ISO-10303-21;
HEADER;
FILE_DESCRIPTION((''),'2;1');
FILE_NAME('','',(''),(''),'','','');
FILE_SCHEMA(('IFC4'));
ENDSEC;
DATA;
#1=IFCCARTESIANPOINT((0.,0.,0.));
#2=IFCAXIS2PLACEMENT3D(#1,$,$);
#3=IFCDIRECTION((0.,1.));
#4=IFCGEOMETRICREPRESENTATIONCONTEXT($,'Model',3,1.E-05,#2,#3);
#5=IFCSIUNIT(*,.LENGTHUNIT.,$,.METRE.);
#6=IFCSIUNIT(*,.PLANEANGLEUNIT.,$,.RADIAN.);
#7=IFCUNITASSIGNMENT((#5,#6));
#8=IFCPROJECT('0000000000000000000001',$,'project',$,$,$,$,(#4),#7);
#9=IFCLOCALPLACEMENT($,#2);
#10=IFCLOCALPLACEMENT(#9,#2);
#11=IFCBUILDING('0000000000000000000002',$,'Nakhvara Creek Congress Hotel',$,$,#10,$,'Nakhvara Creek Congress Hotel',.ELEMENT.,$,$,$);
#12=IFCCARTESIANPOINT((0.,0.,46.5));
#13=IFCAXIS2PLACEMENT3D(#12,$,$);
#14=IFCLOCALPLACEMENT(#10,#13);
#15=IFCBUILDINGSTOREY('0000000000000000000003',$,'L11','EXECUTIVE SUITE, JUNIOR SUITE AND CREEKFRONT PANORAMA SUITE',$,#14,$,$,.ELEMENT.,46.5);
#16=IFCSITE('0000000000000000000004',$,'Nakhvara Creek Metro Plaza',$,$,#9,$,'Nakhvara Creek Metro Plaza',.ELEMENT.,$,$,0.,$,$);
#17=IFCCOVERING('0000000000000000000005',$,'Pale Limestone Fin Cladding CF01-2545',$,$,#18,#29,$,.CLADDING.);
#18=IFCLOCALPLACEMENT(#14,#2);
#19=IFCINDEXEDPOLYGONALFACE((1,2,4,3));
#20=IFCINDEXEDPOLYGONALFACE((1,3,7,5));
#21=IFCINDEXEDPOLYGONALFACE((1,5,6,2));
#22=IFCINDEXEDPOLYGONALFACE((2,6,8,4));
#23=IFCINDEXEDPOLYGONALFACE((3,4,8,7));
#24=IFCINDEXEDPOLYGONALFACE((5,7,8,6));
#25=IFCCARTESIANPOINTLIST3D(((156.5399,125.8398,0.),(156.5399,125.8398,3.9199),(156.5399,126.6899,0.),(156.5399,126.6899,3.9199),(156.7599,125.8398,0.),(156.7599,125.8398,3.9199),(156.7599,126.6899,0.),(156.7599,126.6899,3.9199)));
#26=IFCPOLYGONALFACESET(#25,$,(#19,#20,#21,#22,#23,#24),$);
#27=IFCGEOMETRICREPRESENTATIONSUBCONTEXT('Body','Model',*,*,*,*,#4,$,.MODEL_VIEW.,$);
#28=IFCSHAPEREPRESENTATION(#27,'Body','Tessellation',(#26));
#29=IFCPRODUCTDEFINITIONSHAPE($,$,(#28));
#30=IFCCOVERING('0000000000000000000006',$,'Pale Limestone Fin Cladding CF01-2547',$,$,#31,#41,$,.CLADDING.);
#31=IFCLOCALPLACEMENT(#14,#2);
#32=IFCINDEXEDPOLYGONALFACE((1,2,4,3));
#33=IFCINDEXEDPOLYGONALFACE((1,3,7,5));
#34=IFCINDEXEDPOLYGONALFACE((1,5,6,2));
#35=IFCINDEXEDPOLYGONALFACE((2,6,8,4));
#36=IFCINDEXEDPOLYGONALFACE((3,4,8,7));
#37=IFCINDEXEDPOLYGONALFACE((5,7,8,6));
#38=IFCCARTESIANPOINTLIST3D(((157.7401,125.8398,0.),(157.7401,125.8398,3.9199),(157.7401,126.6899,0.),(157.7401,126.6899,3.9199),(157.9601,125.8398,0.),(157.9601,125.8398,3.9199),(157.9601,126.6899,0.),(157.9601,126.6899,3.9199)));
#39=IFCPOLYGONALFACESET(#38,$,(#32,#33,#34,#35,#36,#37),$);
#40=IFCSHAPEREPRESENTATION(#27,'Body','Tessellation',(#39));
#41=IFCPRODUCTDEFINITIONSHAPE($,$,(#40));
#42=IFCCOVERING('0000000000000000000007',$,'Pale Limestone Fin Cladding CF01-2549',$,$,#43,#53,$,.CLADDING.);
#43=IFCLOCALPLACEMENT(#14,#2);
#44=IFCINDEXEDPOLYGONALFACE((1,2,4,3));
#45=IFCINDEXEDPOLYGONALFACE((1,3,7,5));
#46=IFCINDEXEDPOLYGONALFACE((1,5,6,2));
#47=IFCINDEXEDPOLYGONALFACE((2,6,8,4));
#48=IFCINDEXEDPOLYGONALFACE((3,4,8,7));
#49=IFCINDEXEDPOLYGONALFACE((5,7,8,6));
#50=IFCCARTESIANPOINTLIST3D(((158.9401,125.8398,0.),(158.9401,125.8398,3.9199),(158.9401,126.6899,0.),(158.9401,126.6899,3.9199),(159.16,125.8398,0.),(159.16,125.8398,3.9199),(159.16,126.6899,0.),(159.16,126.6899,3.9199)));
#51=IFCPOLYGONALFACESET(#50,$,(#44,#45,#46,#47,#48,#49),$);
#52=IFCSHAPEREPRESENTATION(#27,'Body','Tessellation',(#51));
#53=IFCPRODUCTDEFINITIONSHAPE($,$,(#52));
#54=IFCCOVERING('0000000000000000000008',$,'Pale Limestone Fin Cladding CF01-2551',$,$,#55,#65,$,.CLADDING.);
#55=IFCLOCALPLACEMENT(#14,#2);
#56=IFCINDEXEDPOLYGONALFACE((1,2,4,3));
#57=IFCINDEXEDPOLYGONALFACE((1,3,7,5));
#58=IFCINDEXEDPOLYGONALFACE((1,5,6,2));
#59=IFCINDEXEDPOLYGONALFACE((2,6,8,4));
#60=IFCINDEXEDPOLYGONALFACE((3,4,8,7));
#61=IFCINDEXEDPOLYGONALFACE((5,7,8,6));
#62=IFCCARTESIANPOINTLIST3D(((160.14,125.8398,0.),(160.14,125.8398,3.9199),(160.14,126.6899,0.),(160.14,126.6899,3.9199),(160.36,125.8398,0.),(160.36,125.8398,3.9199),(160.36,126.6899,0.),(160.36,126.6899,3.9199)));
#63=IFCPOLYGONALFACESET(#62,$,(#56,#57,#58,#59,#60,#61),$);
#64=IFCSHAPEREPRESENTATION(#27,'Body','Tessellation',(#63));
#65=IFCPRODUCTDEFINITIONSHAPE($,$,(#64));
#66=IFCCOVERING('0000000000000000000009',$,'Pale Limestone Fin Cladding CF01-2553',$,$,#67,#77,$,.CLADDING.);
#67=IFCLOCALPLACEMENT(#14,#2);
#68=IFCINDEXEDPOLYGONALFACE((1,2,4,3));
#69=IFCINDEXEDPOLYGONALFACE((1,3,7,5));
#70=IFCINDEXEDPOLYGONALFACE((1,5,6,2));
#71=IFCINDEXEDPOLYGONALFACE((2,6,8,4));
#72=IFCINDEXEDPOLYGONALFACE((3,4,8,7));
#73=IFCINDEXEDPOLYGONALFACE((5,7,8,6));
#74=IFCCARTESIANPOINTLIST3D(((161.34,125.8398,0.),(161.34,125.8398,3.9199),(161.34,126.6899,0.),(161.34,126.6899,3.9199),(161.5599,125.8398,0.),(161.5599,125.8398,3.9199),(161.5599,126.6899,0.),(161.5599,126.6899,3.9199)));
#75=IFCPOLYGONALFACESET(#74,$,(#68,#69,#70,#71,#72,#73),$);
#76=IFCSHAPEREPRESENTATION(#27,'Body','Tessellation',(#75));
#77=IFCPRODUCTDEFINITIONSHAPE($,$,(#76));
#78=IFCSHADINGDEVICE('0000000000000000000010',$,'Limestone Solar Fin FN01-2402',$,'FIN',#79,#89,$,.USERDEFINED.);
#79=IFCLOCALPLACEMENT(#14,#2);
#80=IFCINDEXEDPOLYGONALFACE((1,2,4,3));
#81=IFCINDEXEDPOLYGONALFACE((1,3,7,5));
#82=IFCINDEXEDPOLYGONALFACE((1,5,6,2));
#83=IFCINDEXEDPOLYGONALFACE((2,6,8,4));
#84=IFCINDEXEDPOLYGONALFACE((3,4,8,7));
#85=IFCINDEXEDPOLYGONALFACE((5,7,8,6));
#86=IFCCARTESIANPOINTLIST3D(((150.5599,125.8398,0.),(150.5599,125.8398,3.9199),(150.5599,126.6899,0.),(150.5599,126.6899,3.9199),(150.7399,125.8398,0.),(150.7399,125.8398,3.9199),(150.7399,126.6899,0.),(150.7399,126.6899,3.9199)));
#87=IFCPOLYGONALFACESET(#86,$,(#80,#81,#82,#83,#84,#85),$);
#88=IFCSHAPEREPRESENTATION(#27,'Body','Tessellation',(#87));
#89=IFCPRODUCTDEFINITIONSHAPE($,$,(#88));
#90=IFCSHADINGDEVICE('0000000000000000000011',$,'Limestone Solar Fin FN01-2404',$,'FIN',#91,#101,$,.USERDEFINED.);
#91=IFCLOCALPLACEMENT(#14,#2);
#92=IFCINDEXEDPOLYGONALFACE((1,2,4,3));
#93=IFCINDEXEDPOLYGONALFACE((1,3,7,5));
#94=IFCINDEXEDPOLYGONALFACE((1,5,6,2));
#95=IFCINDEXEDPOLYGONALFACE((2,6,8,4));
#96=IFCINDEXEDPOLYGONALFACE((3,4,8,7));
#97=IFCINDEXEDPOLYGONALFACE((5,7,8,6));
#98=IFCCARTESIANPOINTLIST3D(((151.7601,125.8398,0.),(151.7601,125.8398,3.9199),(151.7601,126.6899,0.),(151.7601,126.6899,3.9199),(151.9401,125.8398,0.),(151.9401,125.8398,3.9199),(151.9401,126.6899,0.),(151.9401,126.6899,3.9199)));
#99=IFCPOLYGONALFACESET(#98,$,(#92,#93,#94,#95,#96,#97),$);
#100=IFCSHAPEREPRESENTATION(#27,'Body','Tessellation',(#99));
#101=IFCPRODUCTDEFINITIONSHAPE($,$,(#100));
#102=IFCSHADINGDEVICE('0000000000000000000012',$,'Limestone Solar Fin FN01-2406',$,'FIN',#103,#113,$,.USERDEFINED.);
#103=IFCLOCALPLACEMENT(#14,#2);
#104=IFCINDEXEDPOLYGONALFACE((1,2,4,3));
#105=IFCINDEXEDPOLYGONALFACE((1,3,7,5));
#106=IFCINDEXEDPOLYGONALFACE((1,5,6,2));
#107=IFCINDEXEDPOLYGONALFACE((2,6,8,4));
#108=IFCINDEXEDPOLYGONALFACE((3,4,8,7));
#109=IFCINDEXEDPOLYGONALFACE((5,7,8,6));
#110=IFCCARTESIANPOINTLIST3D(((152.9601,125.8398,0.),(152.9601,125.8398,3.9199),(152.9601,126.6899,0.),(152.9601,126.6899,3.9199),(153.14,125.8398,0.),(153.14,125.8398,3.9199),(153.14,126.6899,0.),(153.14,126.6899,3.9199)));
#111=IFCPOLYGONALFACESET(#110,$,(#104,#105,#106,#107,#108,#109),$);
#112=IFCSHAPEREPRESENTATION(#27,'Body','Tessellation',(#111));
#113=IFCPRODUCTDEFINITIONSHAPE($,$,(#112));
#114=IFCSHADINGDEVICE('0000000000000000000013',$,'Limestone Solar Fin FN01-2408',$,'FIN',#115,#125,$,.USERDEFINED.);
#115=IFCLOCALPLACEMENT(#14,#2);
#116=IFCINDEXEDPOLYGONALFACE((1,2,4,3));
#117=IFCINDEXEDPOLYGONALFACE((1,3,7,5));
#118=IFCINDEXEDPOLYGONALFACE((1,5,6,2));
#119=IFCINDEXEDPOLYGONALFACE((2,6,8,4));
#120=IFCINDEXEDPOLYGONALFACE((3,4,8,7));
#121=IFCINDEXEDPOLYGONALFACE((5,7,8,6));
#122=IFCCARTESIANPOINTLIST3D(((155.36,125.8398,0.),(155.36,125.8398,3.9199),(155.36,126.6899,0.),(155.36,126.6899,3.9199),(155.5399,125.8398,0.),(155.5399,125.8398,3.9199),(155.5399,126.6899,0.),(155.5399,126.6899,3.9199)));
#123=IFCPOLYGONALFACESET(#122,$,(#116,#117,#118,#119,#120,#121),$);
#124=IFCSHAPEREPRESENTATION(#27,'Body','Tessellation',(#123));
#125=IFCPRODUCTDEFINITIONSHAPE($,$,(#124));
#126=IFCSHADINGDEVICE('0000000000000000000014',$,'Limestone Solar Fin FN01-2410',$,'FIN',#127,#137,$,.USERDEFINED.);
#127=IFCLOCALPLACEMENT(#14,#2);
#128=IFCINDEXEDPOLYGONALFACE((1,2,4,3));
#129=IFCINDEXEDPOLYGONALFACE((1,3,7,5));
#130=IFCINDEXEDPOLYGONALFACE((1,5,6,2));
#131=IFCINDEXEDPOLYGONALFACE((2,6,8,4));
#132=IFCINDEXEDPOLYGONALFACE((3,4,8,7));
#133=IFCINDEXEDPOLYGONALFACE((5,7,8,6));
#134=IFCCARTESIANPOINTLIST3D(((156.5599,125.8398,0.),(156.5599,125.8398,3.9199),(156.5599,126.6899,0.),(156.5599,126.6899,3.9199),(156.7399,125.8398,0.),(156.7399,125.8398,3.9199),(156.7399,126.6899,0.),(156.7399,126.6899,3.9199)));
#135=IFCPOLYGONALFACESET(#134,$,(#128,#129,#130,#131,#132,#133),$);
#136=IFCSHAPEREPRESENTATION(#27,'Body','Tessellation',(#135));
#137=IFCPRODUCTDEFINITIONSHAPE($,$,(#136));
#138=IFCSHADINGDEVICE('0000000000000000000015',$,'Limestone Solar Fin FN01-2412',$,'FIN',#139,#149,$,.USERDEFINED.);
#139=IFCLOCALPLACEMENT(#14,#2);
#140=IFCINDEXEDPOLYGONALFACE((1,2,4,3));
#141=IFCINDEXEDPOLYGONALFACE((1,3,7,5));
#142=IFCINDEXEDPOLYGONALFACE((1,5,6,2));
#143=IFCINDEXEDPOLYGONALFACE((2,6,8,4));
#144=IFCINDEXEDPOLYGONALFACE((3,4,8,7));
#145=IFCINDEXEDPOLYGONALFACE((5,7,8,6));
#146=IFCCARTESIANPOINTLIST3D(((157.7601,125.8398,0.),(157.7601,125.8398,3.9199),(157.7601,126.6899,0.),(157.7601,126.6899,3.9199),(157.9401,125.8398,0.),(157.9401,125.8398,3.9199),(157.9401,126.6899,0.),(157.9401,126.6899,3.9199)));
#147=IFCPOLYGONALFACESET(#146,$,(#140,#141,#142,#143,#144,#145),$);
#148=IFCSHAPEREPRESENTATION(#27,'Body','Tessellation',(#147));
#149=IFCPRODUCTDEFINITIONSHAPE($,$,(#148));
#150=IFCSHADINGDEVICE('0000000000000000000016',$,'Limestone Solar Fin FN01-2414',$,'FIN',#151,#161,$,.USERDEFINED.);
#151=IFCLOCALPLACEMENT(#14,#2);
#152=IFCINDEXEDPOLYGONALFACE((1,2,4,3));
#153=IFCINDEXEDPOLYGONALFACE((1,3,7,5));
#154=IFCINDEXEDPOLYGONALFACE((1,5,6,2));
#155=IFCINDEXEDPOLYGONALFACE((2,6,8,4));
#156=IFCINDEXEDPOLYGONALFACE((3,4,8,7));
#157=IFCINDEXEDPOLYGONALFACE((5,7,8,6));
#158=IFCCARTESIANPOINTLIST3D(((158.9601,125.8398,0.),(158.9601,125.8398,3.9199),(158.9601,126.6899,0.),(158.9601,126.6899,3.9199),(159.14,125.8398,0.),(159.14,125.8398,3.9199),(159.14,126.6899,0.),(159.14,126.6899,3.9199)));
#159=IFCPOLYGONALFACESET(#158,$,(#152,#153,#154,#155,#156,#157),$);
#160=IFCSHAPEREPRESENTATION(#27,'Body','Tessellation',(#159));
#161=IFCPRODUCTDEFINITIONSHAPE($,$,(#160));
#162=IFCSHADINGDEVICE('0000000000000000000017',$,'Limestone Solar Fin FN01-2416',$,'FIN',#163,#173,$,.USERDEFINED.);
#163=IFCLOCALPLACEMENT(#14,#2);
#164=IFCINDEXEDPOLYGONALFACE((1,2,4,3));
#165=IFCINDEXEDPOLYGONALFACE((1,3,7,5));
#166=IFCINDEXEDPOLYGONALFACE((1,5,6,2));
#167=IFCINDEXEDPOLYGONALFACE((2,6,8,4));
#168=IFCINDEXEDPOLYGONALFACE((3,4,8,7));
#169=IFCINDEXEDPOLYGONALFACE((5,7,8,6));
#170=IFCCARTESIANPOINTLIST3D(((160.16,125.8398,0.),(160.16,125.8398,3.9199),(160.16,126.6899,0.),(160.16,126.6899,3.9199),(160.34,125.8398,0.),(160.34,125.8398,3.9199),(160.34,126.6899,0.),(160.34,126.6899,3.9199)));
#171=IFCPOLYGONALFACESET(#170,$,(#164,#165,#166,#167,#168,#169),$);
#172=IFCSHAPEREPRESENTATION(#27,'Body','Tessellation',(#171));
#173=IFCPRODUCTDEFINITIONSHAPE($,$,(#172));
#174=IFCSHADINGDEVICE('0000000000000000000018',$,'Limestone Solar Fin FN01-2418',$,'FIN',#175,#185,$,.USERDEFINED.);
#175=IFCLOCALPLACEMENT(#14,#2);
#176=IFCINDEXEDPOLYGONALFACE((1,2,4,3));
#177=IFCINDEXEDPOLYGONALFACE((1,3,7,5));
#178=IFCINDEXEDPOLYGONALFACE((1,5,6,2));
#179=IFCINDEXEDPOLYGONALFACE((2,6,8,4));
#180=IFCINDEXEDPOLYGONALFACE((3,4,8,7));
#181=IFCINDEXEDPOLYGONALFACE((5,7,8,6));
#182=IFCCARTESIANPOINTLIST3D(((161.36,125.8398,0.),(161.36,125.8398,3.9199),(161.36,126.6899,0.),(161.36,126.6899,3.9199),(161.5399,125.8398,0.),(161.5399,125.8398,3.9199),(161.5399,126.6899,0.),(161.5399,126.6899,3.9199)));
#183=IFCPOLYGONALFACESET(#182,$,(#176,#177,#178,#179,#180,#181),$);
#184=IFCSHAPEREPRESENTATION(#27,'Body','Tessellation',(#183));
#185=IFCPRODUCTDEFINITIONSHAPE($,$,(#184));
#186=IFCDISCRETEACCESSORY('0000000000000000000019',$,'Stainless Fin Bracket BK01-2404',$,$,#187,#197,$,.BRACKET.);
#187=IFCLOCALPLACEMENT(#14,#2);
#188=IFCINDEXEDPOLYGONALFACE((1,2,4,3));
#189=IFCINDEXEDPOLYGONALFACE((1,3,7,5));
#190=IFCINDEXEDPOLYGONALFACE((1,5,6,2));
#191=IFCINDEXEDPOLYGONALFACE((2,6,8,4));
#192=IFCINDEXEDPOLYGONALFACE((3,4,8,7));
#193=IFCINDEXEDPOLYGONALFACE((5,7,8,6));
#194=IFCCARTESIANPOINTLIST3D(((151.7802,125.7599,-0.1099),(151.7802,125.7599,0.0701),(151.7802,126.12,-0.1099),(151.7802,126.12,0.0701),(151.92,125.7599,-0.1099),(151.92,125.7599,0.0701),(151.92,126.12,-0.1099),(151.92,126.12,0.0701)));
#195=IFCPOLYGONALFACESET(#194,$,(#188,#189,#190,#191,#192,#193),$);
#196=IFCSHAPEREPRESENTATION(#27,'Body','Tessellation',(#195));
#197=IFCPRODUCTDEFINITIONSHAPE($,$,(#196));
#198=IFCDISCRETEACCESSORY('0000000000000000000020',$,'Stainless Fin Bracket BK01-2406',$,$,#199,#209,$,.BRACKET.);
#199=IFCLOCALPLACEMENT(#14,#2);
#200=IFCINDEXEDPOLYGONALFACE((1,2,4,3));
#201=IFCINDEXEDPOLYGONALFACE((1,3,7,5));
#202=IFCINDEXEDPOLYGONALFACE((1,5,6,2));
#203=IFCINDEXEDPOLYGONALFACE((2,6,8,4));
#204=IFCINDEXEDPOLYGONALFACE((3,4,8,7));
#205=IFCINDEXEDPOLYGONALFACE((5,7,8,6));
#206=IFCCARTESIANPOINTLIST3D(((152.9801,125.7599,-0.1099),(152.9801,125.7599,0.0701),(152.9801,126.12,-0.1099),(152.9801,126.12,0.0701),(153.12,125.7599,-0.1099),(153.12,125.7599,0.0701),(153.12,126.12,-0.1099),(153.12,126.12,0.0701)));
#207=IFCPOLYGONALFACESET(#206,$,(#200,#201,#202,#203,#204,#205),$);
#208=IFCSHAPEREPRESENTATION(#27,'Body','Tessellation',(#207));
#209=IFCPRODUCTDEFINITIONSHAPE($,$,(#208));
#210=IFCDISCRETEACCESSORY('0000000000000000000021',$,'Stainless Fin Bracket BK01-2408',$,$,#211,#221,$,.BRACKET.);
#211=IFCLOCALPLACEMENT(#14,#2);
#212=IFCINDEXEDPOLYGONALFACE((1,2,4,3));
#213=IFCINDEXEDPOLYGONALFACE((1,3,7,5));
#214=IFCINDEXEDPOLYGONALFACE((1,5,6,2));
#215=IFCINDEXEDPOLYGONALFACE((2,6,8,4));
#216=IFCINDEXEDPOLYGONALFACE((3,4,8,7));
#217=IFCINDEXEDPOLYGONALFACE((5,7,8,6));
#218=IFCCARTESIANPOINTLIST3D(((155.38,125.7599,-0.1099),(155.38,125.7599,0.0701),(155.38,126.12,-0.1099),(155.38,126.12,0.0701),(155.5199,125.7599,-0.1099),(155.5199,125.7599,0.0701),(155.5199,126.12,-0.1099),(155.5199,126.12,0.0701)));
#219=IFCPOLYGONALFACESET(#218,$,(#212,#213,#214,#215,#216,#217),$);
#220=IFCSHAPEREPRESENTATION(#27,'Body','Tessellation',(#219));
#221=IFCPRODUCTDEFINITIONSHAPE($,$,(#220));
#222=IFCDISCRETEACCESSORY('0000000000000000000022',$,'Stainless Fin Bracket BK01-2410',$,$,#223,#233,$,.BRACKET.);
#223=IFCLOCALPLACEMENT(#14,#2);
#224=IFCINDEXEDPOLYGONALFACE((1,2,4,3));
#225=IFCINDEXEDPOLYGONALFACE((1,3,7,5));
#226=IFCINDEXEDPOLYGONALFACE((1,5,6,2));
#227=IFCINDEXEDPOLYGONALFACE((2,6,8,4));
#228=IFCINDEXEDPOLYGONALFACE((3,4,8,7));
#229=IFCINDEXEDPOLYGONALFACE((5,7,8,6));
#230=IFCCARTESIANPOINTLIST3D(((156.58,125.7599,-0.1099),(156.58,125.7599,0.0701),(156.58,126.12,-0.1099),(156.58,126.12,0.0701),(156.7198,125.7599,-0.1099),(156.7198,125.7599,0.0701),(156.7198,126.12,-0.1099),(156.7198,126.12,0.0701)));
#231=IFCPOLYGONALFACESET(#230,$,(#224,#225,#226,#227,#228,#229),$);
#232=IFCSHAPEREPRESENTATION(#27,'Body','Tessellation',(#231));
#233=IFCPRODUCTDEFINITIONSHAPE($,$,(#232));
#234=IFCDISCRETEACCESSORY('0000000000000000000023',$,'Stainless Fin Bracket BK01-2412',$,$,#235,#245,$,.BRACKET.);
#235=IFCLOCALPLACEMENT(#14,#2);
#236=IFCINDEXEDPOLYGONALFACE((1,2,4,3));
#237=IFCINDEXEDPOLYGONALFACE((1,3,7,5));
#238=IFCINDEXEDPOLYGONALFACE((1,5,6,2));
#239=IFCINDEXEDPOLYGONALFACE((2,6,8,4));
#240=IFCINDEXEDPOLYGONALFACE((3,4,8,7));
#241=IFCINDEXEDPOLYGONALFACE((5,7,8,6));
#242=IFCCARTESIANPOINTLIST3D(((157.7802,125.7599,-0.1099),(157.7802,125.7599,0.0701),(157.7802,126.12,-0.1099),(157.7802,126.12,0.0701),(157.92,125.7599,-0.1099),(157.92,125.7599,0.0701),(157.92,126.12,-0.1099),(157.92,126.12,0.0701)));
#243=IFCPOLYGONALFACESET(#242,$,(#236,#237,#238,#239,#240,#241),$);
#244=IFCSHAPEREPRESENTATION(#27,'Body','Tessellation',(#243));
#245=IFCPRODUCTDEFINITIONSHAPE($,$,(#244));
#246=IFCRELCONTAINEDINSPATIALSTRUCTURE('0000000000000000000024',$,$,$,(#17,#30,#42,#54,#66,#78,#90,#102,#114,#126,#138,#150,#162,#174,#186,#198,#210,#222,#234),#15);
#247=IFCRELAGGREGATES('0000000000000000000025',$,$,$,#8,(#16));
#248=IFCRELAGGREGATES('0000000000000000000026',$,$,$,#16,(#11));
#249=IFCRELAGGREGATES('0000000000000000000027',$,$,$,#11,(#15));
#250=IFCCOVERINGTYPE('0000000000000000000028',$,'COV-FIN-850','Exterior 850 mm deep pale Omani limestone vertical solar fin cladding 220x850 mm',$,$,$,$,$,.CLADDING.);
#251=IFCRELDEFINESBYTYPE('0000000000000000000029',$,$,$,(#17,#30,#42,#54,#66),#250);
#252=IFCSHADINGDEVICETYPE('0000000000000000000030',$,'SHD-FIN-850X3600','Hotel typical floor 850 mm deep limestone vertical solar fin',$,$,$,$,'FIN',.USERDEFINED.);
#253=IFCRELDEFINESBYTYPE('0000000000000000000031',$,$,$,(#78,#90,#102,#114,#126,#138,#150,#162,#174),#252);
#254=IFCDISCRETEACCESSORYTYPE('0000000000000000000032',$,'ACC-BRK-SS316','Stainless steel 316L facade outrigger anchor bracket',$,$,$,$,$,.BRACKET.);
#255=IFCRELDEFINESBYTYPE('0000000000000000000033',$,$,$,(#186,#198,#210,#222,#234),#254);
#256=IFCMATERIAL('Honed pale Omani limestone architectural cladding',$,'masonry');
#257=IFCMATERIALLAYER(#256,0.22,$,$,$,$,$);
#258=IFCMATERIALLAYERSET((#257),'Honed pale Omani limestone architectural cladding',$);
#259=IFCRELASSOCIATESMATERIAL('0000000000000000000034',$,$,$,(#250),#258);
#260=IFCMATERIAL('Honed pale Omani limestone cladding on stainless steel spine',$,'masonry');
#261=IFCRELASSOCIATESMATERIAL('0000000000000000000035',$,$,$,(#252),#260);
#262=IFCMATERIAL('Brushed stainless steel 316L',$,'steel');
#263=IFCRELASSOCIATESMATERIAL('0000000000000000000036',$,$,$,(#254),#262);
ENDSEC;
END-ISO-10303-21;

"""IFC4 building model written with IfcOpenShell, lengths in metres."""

from ifc_helpers import new_model, si_unit, direction, frame, origin, origin_2d, place, context, subcontext, project, spatial, rectangle, extrude, material, layer, layer_set, type_object, element, save


model = new_model("IFC4")

# Units and contexts
model_context = context("Model", 3, precision=1e-05, world=origin(), true_north=direction((0.0, 1.0)))
body_context = subcontext(model_context, "Body", "Model", "MODEL_VIEW")
ifc_project = project(units=[si_unit("LENGTHUNIT", "METRE"), si_unit("PLANEANGLEUNIT", "RADIAN")], contexts=[model_context])

# Site, building, storey
site_placement = place(None, origin())
site = spatial("IfcSite", under=ifc_project, at=site_placement, Name="Nakhvara Creek Metro Plaza", LongName="Nakhvara Creek Metro Plaza", CompositionType="ELEMENT", RefElevation=0.0)
building_placement = place(site_placement, origin())
building = spatial("IfcBuilding", under=site, at=building_placement, Name="Nakhvara Creek Congress Hotel", LongName="Nakhvara Creek Congress Hotel", CompositionType="ELEMENT")
storey_placement = place(building_placement, frame((0.0, 0.0, 46.5)))
storey = spatial("IfcBuildingStorey", under=building, at=storey_placement, Name="L11", Description="EXECUTIVE SUITE, JUNIOR SUITE AND CREEKFRONT PANORAMA SUITE", CompositionType="ELEMENT", Elevation=46.5)

# Coverings
ifc_material_1 = material(Name="Honed pale Omani limestone architectural cladding", Category="masonry")
ifc_layer_1 = layer(ifc_material_1, 0.22)
ifc_layer_set_1 = layer_set([ifc_layer_1], Name="Honed pale Omani limestone architectural cladding")
covering_type = type_object("IfcCoveringType", Name="COV-FIN-850", Description="Exterior 850 mm deep pale Omani limestone vertical solar fin cladding 220x850 mm", PredefinedType="CLADDING", material=ifc_layer_set_1)
for number, where, z_axis, x_axis, name in (
    (1, (156.6499, 126.2649, 0.0), (0.0, 0.0, 1.0), (1.0, 0.0, 0.0), "Pale Limestone Fin Cladding CF01-2545"),
    (2, (157.8501, 126.2649, 0.0), (0.0, 0.0, 1.0), (1.0, 0.0, 0.0), "Pale Limestone Fin Cladding CF01-2547"),
    (3, (159.05, 126.2649, 0.0), (0.0, 0.0, 1.0), (1.0, 0.0, 0.0), "Pale Limestone Fin Cladding CF01-2549"),
    (4, (160.25, 126.2649, 0.0), (0.0, 0.0, 1.0), (1.0, 0.0, 0.0), "Pale Limestone Fin Cladding CF01-2551"),
    (5, (161.45, 126.2649, 0.0), (0.0, 0.0, 1.0), (1.0, 0.0, 0.0), "Pale Limestone Fin Cladding CF01-2553"),
):
    element("IfcCovering", number, at=place(storey_placement, frame(where, z_axis=z_axis, x_axis=x_axis)), inside=storey, type_object=covering_type, Name=name, PredefinedType="CLADDING", context=body_context, shape_type="SweptSolid", body=[
        extrude(rectangle(XDim=0.22, YDim=0.8501, at=origin_2d()), origin(), (0.0, 0.0, 1.0), 3.9199),
    ])

# Shading devices
ifc_material_2 = material(Name="Honed pale Omani limestone cladding on stainless steel spine", Category="masonry")
shading_device_type = type_object("IfcShadingDeviceType", Name="SHD-FIN-850X3600", Description="Hotel typical floor 850 mm deep limestone vertical solar fin", ElementType="FIN", PredefinedType="USERDEFINED", material=ifc_material_2)
for number, where, z_axis, x_axis, name in (
    (6, (150.6499, 126.2649, 0.0), (0.0, 0.0, 1.0), (1.0, 0.0, 0.0), "Limestone Solar Fin FN01-2402"),
    (7, (151.8501, 126.2649, 0.0), (0.0, 0.0, 1.0), (1.0, 0.0, 0.0), "Limestone Solar Fin FN01-2404"),
    (8, (153.05, 126.2649, 0.0), (0.0, 0.0, 1.0), (1.0, 0.0, 0.0), "Limestone Solar Fin FN01-2406"),
    (9, (155.45, 126.2649, 0.0), (0.0, 0.0, 1.0), (1.0, 0.0, 0.0), "Limestone Solar Fin FN01-2408"),
    (10, (156.6499, 126.2649, 0.0), (0.0, 0.0, 1.0), (1.0, 0.0, 0.0), "Limestone Solar Fin FN01-2410"),
    (11, (157.8501, 126.2649, 0.0), (0.0, 0.0, 1.0), (1.0, 0.0, 0.0), "Limestone Solar Fin FN01-2412"),
    (12, (159.05, 126.2649, 0.0), (0.0, 0.0, 1.0), (1.0, 0.0, 0.0), "Limestone Solar Fin FN01-2414"),
    (13, (160.25, 126.2649, 0.0), (0.0, 0.0, 1.0), (1.0, 0.0, 0.0), "Limestone Solar Fin FN01-2416"),
    (14, (161.45, 126.2649, 0.0), (0.0, 0.0, 1.0), (1.0, 0.0, 0.0), "Limestone Solar Fin FN01-2418"),
):
    element("IfcShadingDevice", number, at=place(storey_placement, frame(where, z_axis=z_axis, x_axis=x_axis)), inside=storey, type_object=shading_device_type, Name=name, ObjectType="FIN", PredefinedType="USERDEFINED", context=body_context, shape_type="SweptSolid", body=[
        extrude(rectangle(XDim=0.1799, YDim=0.8501, at=origin_2d()), origin(), (0.0, 0.0, 1.0), 3.9199),
    ])

# Discrete accessories
ifc_material_3 = material(Name="Brushed stainless steel 316L", Category="steel")
discrete_accessory_type = type_object("IfcDiscreteAccessoryType", Name="ACC-BRK-SS316", Description="Stainless steel 316L facade outrigger anchor bracket", PredefinedType="BRACKET", material=ifc_material_3)
for number, where, z_axis, x_axis, name in (
    (15, (151.8501, 125.9399, -0.1099), (0.0, 0.0, 1.0), (1.0, 0.0, 0.0), "Stainless Fin Bracket BK01-2404"),
    (16, (153.05, 125.9399, -0.1099), (0.0, 0.0, 1.0), (1.0, 0.0, 0.0), "Stainless Fin Bracket BK01-2406"),
    (17, (155.45, 125.9399, -0.1099), (0.0, 0.0, 1.0), (1.0, 0.0, 0.0), "Stainless Fin Bracket BK01-2408"),
    (18, (156.6499, 125.9399, -0.1099), (0.0, 0.0, 1.0), (1.0, 0.0, 0.0), "Stainless Fin Bracket BK01-2410"),
    (19, (157.8501, 125.9399, -0.1099), (0.0, 0.0, 1.0), (1.0, 0.0, 0.0), "Stainless Fin Bracket BK01-2412"),
):
    element("IfcDiscreteAccessory", number, at=place(storey_placement, frame(where, z_axis=z_axis, x_axis=x_axis)), inside=storey, type_object=discrete_accessory_type, Name=name, PredefinedType="BRACKET", context=body_context, shape_type="SweptSolid", body=[
        extrude(rectangle(XDim=0.1399, YDim=0.3601, at=origin_2d()), origin(), (0.0, 0.0, 1.0), 0.1799),
    ])

save(model, "model.ifc")
